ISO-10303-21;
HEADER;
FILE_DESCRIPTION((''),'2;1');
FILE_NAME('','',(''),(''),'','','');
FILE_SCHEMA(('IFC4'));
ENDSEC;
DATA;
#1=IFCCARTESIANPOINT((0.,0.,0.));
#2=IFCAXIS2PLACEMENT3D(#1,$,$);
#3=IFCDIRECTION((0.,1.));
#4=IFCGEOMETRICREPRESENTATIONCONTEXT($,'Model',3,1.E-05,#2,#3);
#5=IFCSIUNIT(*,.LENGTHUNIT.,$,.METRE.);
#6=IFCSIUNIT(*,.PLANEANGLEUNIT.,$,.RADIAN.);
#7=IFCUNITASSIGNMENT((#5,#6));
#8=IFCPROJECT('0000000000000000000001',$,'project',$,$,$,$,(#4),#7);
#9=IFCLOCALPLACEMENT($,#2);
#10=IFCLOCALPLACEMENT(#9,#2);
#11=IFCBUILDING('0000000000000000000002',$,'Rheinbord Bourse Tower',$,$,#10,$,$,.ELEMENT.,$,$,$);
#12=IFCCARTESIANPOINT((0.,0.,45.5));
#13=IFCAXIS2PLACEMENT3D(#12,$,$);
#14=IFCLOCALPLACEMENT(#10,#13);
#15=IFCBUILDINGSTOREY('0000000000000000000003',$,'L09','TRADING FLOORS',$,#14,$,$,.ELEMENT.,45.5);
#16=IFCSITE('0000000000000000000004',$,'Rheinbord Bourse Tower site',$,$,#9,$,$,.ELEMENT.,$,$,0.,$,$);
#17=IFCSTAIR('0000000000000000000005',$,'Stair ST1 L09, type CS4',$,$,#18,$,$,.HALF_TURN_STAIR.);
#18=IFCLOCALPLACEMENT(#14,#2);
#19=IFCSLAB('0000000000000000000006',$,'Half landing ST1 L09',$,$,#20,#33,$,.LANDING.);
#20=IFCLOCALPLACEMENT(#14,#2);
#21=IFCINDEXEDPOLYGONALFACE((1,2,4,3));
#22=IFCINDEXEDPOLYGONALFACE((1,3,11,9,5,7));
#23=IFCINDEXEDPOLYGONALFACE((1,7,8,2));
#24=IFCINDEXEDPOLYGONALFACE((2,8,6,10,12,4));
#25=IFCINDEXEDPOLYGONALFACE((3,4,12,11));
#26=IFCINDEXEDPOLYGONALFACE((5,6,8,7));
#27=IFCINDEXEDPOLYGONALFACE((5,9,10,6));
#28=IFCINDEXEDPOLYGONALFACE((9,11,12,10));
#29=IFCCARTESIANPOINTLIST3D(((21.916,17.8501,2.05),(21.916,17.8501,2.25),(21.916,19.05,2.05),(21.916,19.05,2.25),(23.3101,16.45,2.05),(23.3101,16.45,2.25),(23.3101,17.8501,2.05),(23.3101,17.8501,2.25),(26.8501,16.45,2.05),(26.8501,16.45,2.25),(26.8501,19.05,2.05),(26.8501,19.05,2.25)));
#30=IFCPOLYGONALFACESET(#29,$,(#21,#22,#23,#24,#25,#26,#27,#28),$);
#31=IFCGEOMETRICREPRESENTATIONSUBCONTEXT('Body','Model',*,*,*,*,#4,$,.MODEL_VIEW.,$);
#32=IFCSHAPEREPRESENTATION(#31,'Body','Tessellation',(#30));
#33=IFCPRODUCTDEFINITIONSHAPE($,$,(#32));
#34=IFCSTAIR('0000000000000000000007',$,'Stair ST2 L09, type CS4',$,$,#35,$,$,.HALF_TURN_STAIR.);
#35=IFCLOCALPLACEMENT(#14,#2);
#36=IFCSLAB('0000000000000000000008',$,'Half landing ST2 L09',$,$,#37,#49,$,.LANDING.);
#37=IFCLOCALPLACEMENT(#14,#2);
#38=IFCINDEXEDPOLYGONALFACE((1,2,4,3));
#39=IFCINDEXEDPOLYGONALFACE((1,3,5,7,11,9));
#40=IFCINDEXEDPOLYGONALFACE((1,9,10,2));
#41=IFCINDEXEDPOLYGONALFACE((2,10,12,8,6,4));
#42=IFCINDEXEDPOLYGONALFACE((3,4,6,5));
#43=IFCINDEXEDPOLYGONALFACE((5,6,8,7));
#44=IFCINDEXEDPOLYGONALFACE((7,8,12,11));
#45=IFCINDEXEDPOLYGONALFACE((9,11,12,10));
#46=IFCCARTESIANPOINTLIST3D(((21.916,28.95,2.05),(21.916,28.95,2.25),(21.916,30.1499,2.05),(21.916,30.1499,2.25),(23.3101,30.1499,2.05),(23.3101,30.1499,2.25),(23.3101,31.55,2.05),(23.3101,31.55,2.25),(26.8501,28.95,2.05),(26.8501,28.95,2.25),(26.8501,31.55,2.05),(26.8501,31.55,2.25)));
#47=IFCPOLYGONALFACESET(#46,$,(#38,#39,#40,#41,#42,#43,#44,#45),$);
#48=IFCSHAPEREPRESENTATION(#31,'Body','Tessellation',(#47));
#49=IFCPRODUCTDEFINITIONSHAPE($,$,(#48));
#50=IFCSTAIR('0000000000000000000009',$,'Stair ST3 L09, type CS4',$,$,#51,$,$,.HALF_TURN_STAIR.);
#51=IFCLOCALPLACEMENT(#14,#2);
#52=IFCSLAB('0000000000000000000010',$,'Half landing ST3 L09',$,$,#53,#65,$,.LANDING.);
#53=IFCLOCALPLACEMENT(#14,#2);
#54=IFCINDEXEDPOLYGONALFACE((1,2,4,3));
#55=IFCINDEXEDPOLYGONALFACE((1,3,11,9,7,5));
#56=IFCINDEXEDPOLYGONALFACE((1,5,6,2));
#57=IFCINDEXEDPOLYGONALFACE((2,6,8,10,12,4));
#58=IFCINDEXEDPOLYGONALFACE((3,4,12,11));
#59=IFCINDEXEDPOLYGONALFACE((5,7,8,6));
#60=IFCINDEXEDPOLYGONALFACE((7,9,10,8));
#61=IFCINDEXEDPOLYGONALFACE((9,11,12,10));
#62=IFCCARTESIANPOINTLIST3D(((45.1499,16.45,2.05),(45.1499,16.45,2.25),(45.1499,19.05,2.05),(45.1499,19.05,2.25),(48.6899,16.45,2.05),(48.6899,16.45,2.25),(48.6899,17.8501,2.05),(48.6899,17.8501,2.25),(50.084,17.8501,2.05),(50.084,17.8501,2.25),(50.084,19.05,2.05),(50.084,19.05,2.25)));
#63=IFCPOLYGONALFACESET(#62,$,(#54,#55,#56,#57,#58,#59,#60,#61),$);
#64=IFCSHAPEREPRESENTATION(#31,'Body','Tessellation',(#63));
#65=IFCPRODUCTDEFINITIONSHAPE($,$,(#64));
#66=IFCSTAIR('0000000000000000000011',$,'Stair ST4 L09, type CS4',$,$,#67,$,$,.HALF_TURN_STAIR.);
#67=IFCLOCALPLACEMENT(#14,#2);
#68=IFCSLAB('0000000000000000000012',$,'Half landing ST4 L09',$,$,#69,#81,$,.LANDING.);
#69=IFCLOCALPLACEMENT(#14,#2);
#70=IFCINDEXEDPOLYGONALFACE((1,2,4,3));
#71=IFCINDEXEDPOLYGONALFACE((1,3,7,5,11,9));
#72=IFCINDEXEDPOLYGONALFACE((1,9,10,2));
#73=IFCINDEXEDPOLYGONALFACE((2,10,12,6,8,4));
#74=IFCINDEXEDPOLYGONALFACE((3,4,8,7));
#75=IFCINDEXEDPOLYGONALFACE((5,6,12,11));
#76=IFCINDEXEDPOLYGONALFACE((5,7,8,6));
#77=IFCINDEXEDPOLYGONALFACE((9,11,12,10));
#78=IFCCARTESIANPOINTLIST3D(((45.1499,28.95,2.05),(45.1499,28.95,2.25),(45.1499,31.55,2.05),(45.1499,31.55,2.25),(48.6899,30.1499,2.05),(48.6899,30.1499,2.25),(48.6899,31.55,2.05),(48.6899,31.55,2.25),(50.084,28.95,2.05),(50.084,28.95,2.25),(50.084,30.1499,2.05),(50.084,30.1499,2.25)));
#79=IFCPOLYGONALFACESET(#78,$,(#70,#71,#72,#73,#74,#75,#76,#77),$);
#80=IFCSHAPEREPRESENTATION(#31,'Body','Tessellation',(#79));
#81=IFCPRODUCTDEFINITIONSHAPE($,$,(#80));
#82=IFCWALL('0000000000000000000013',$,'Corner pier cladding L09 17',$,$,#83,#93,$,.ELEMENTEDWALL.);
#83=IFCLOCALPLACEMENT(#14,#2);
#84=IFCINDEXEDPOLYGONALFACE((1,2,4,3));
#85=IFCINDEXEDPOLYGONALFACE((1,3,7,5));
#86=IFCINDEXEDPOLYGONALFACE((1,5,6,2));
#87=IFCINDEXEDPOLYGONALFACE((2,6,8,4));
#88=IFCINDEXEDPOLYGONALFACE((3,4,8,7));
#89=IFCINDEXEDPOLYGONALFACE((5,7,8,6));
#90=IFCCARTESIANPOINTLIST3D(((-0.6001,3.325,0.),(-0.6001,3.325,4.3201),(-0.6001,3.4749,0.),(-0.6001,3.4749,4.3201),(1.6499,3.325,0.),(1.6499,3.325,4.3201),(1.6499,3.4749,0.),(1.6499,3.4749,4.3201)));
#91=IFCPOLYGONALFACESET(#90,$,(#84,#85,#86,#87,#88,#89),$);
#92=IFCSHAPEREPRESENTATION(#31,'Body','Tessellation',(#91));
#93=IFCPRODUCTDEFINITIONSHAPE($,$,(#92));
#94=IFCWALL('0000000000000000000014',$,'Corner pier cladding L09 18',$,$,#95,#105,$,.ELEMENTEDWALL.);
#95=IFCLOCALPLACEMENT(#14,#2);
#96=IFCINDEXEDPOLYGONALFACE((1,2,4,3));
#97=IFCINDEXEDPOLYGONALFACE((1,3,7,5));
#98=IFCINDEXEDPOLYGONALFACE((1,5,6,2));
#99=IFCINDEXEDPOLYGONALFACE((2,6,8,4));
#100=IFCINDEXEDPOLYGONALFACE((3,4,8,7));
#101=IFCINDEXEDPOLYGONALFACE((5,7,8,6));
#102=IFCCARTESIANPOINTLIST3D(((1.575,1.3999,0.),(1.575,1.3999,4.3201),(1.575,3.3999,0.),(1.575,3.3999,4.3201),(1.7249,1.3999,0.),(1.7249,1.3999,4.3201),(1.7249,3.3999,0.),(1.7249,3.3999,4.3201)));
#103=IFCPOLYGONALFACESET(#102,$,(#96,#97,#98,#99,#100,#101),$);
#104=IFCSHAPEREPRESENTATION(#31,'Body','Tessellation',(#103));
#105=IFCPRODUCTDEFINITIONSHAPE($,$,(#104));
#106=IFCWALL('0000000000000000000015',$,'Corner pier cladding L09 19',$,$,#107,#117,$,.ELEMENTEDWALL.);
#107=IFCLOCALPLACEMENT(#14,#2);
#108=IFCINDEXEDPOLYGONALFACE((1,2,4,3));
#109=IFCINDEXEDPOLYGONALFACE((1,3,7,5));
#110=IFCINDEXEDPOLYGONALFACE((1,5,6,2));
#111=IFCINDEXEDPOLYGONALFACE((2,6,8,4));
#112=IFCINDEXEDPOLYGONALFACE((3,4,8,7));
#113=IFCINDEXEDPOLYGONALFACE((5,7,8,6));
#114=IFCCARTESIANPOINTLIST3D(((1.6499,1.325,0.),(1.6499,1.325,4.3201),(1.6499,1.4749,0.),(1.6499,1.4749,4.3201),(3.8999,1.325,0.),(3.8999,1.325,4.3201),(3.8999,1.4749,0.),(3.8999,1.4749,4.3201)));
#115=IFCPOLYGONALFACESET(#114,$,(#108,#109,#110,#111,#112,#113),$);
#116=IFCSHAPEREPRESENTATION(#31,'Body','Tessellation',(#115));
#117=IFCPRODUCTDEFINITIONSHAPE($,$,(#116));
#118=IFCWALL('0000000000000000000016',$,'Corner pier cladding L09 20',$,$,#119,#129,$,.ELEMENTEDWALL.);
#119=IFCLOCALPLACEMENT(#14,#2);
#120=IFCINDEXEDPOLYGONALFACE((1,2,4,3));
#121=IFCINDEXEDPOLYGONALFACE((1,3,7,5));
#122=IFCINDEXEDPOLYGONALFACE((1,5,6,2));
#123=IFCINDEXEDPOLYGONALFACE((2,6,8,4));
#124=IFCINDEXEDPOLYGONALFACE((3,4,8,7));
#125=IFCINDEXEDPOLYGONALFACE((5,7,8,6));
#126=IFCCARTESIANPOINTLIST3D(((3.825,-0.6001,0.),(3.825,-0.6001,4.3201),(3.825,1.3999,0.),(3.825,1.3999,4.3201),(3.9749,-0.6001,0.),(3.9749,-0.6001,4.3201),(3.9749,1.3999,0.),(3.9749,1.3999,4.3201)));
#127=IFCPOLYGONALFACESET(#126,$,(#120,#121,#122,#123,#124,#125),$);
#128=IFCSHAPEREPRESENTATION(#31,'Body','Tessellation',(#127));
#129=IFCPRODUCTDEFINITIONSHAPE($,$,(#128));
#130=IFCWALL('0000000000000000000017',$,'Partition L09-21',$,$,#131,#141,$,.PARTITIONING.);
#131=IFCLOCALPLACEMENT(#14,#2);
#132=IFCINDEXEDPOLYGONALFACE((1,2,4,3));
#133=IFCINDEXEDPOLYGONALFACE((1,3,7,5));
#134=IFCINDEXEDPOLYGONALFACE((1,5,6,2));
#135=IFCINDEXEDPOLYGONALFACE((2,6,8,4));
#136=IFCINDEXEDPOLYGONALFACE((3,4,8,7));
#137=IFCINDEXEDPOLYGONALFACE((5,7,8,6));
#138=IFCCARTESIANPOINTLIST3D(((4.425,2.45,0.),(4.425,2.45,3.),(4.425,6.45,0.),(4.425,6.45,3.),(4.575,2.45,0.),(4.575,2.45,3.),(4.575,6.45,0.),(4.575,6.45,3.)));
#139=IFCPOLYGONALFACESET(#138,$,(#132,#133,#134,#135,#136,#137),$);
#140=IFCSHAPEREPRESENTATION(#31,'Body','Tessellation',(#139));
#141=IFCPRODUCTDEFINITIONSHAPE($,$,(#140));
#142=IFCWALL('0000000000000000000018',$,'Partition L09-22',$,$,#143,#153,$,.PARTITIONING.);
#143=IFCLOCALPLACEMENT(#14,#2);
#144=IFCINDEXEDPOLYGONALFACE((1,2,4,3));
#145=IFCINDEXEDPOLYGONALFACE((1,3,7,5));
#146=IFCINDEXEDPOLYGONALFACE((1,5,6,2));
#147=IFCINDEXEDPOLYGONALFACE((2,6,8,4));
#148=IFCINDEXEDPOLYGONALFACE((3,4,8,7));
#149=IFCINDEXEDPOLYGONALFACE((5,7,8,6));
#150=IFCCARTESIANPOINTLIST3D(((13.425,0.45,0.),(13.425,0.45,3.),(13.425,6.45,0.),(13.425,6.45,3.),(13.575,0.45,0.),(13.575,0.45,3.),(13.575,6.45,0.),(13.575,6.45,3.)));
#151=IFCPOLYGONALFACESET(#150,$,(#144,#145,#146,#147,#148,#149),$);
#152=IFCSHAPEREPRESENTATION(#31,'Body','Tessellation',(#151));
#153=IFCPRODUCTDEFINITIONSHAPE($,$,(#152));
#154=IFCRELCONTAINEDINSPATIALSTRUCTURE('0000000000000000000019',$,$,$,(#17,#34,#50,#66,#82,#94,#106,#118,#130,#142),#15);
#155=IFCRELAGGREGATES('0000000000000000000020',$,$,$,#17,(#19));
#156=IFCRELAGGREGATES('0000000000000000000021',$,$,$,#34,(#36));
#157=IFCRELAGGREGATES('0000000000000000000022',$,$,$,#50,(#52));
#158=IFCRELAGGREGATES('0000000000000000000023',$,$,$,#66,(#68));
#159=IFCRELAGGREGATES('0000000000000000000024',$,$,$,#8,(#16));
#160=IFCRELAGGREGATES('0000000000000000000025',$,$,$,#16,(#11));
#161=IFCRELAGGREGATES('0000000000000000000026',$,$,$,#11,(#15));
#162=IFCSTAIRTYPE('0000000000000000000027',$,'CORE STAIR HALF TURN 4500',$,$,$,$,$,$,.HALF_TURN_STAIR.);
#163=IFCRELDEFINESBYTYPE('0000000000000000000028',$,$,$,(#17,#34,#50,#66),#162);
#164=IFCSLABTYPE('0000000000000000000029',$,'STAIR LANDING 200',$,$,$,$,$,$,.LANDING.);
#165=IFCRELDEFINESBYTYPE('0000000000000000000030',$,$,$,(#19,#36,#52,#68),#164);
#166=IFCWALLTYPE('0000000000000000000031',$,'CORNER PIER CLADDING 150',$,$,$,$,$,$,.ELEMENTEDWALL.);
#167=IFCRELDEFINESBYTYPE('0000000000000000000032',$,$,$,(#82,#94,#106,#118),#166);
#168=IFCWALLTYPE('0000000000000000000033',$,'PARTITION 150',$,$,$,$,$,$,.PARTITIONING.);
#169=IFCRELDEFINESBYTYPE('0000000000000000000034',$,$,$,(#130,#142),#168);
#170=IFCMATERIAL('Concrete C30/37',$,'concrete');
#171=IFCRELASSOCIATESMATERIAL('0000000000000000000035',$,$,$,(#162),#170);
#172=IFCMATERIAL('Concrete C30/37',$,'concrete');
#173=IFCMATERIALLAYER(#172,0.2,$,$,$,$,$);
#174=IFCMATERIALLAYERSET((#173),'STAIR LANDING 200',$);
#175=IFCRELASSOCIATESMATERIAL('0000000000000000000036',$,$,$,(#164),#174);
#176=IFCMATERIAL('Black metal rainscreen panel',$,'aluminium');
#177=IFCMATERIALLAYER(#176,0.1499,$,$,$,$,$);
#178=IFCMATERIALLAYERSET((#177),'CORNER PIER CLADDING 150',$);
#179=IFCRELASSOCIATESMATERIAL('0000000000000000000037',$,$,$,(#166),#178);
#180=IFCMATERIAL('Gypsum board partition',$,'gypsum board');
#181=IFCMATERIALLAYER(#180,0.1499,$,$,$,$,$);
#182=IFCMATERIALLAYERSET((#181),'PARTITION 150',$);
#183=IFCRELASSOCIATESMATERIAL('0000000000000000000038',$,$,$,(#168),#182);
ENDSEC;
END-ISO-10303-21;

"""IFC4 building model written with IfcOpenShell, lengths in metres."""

from ifc_helpers import new_model, si_unit, direction, frame, frame_2d, origin, place, context, subcontext, project, spatial, polyline, rectangle, outline, extrude, material, layer, layer_set, type_object, element, aggregate, save


model = new_model("IFC4")

# Units and contexts
model_context = context("Model", 3, precision=1e-05, world=origin(), true_north=direction((0.0, 1.0)))
body_context = subcontext(model_context, "Body", "Model", "MODEL_VIEW")
ifc_project = project(units=[si_unit("LENGTHUNIT", "METRE"), si_unit("PLANEANGLEUNIT", "RADIAN")], contexts=[model_context])

# Site, building, storey
site_placement = place(None, origin())
site = spatial("IfcSite", under=ifc_project, at=site_placement, Name="Rheinbord Bourse Tower site", CompositionType="ELEMENT", RefElevation=0.0)
building_placement = place(site_placement, origin())
building = spatial("IfcBuilding", under=site, at=building_placement, Name="Rheinbord Bourse Tower", CompositionType="ELEMENT")
storey_placement = place(building_placement, frame((0.0, 0.0, 45.5)))
storey = spatial("IfcBuildingStorey", under=building, at=storey_placement, Name="L09", Description="TRADING FLOORS", CompositionType="ELEMENT", Elevation=45.5)

# Stairs, slabs
ifc_material_1 = material(Name="Concrete C30/37", Category="concrete")
stair_type = type_object("IfcStairType", Name="CORE STAIR HALF TURN 4500", PredefinedType="HALF_TURN_STAIR", material=ifc_material_1)
stair_1_placement = place(storey_placement, origin())
stair_1 = element("IfcStair", 1, at=stair_1_placement, inside=storey, type_object=stair_type, Name="Stair ST1 L09, type CS4", PredefinedType="HALF_TURN_STAIR")
ifc_material_2 = material(Name="Concrete C30/37", Category="concrete")
ifc_layer_1 = layer(ifc_material_2, 0.2)
ifc_layer_set_1 = layer_set([ifc_layer_1], Name="STAIR LANDING 200")
slab_type_1 = type_object("IfcSlabType", Name="STAIR LANDING 200", PredefinedType="LANDING", material=ifc_layer_set_1)
slab_1_placement = place(storey_placement, frame((0.0, 0.0, 2.05)))
slab_1 = element("IfcSlab", 2, at=slab_1_placement, type_object=slab_type_1, Name="Half landing ST1 L09", PredefinedType="LANDING", context=body_context, shape_type="SweptSolid", body=[
    extrude(outline(polyline([(23.3101, 16.45), (26.8501, 16.45), (26.8501, 19.05), (21.916, 19.05), (21.916, 17.8501), (23.3101, 17.8501), (23.3101, 16.45)])), origin(), (0.0, 0.0, 1.0), 0.2),
])
aggregate(stair_1, [slab_1])
stair_2_placement = place(storey_placement, origin())
stair_2 = element("IfcStair", 3, at=stair_2_placement, inside=storey, type_object=stair_type, Name="Stair ST2 L09, type CS4", PredefinedType="HALF_TURN_STAIR")
slab_2_placement = place(storey_placement, frame((0.0, 0.0, 2.05)))
slab_2 = element("IfcSlab", 4, at=slab_2_placement, type_object=slab_type_1, Name="Half landing ST2 L09", PredefinedType="LANDING", context=body_context, shape_type="SweptSolid", body=[
    extrude(outline(polyline([(21.916, 28.95), (26.8501, 28.95), (26.8501, 31.55), (23.3101, 31.55), (23.3101, 30.1499), (21.916, 30.1499), (21.916, 28.95)])), origin(), (0.0, 0.0, 1.0), 0.2),
])
aggregate(stair_2, [slab_2])
stair_3_placement = place(storey_placement, origin())
stair_3 = element("IfcStair", 5, at=stair_3_placement, inside=storey, type_object=stair_type, Name="Stair ST3 L09, type CS4", PredefinedType="HALF_TURN_STAIR")
slab_3_placement = place(storey_placement, frame((0.0, 0.0, 2.05)))
slab_3 = element("IfcSlab", 6, at=slab_3_placement, type_object=slab_type_1, Name="Half landing ST3 L09", PredefinedType="LANDING", context=body_context, shape_type="SweptSolid", body=[
    extrude(outline(polyline([(45.1499, 16.45), (48.6899, 16.45), (48.6899, 17.8501), (50.084, 17.8501), (50.084, 19.05), (45.1499, 19.05), (45.1499, 16.45)])), origin(), (0.0, 0.0, 1.0), 0.2),
])
aggregate(stair_3, [slab_3])
stair_4_placement = place(storey_placement, origin())
stair_4 = element("IfcStair", 7, at=stair_4_placement, inside=storey, type_object=stair_type, Name="Stair ST4 L09, type CS4", PredefinedType="HALF_TURN_STAIR")
slab_4_placement = place(storey_placement, frame((0.0, 0.0, 2.05)))
slab_4 = element("IfcSlab", 8, at=slab_4_placement, type_object=slab_type_1, Name="Half landing ST4 L09", PredefinedType="LANDING", context=body_context, shape_type="SweptSolid", body=[
    extrude(outline(polyline([(45.1499, 28.95), (50.084, 28.95), (50.084, 30.1499), (48.6899, 30.1499), (48.6899, 31.55), (45.1499, 31.55), (45.1499, 28.95)])), origin(), (0.0, 0.0, 1.0), 0.2),
])
aggregate(stair_4, [slab_4])

# Walls
ifc_material_3 = material(Name="Black metal rainscreen panel", Category="aluminium")
ifc_layer_2 = layer(ifc_material_3, 0.1499)
ifc_layer_set_2 = layer_set([ifc_layer_2], Name="CORNER PIER CLADDING 150")
wall_type_1 = type_object("IfcWallType", Name="CORNER PIER CLADDING 150", PredefinedType="ELEMENTEDWALL", material=ifc_layer_set_2)
wall_1_placement = place(storey_placement, frame((-0.6001, 3.3999, 0.0), z_axis=(0.0, 0.0, 1.0), x_axis=(1.0, 0.0, 0.0)))
element("IfcWall", 9, at=wall_1_placement, inside=storey, type_object=wall_type_1, Name="Corner pier cladding L09 17", PredefinedType="ELEMENTEDWALL", context=body_context, shape_type="SweptSolid", body=[
    extrude(rectangle(XDim=2.25, YDim=0.1499, at=frame_2d((1.125, 0.0))), origin(), (0.0, 0.0, 1.0), 4.3201),
])
wall_2_placement = place(storey_placement, frame((1.6499, 3.3999, 0.0), z_axis=(0.0, 0.0, 1.0), x_axis=(0.0, -1.0, 0.0)))
element("IfcWall", 10, at=wall_2_placement, inside=storey, type_object=wall_type_1, Name="Corner pier cladding L09 18", PredefinedType="ELEMENTEDWALL", context=body_context, shape_type="SweptSolid", body=[
    extrude(rectangle(XDim=2.0, YDim=0.1499, at=frame_2d((1.0, 0.0))), origin(), (0.0, 0.0, 1.0), 4.3201),
])
wall_3_placement = place(storey_placement, frame((1.6499, 1.3999, 0.0), z_axis=(0.0, 0.0, 1.0), x_axis=(1.0, 0.0, 0.0)))
element("IfcWall", 11, at=wall_3_placement, inside=storey, type_object=wall_type_1, Name="Corner pier cladding L09 19", PredefinedType="ELEMENTEDWALL", context=body_context, shape_type="SweptSolid", body=[
    extrude(rectangle(XDim=2.25, YDim=0.1499, at=frame_2d((1.125, 0.0))), origin(), (0.0, 0.0, 1.0), 4.3201),
])
wall_4_placement = place(storey_placement, frame((3.8999, 1.3999, 0.0), z_axis=(0.0, 0.0, 1.0), x_axis=(0.0, -1.0, 0.0)))
element("IfcWall", 12, at=wall_4_placement, inside=storey, type_object=wall_type_1, Name="Corner pier cladding L09 20", PredefinedType="ELEMENTEDWALL", context=body_context, shape_type="SweptSolid", body=[
    extrude(rectangle(XDim=2.0, YDim=0.1499, at=frame_2d((1.0, 0.0))), origin(), (0.0, 0.0, 1.0), 4.3201),
])
ifc_material_4 = material(Name="Gypsum board partition", Category="gypsum board")
ifc_layer_3 = layer(ifc_material_4, 0.1499)
ifc_layer_set_3 = layer_set([ifc_layer_3], Name="PARTITION 150")
wall_type_2 = type_object("IfcWallType", Name="PARTITION 150", PredefinedType="PARTITIONING", material=ifc_layer_set_3)
wall_5_placement = place(storey_placement, frame((4.5, 2.45, 0.0), z_axis=(0.0, 0.0, 1.0), x_axis=(0.0, 1.0, 0.0)))
element("IfcWall", 13, at=wall_5_placement, inside=storey, type_object=wall_type_2, Name="Partition L09-21", PredefinedType="PARTITIONING", context=body_context, shape_type="SweptSolid", body=[
    extrude(rectangle(XDim=4.0, YDim=0.1499, at=frame_2d((2.0, 0.0))), origin(), (0.0, 0.0, 1.0), 3.0),
])
wall_6_placement = place(storey_placement, frame((13.5, 0.45, 0.0), z_axis=(0.0, 0.0, 1.0), x_axis=(0.0, 1.0, 0.0)))
element("IfcWall", 14, at=wall_6_placement, inside=storey, type_object=wall_type_2, Name="Partition L09-22", PredefinedType="PARTITIONING", context=body_context, shape_type="SweptSolid", body=[
    extrude(rectangle(XDim=6.0, YDim=0.1499, at=frame_2d((3.0, 0.0))), origin(), (0.0, 0.0, 1.0), 3.0),
])

save(model, "model.ifc")
